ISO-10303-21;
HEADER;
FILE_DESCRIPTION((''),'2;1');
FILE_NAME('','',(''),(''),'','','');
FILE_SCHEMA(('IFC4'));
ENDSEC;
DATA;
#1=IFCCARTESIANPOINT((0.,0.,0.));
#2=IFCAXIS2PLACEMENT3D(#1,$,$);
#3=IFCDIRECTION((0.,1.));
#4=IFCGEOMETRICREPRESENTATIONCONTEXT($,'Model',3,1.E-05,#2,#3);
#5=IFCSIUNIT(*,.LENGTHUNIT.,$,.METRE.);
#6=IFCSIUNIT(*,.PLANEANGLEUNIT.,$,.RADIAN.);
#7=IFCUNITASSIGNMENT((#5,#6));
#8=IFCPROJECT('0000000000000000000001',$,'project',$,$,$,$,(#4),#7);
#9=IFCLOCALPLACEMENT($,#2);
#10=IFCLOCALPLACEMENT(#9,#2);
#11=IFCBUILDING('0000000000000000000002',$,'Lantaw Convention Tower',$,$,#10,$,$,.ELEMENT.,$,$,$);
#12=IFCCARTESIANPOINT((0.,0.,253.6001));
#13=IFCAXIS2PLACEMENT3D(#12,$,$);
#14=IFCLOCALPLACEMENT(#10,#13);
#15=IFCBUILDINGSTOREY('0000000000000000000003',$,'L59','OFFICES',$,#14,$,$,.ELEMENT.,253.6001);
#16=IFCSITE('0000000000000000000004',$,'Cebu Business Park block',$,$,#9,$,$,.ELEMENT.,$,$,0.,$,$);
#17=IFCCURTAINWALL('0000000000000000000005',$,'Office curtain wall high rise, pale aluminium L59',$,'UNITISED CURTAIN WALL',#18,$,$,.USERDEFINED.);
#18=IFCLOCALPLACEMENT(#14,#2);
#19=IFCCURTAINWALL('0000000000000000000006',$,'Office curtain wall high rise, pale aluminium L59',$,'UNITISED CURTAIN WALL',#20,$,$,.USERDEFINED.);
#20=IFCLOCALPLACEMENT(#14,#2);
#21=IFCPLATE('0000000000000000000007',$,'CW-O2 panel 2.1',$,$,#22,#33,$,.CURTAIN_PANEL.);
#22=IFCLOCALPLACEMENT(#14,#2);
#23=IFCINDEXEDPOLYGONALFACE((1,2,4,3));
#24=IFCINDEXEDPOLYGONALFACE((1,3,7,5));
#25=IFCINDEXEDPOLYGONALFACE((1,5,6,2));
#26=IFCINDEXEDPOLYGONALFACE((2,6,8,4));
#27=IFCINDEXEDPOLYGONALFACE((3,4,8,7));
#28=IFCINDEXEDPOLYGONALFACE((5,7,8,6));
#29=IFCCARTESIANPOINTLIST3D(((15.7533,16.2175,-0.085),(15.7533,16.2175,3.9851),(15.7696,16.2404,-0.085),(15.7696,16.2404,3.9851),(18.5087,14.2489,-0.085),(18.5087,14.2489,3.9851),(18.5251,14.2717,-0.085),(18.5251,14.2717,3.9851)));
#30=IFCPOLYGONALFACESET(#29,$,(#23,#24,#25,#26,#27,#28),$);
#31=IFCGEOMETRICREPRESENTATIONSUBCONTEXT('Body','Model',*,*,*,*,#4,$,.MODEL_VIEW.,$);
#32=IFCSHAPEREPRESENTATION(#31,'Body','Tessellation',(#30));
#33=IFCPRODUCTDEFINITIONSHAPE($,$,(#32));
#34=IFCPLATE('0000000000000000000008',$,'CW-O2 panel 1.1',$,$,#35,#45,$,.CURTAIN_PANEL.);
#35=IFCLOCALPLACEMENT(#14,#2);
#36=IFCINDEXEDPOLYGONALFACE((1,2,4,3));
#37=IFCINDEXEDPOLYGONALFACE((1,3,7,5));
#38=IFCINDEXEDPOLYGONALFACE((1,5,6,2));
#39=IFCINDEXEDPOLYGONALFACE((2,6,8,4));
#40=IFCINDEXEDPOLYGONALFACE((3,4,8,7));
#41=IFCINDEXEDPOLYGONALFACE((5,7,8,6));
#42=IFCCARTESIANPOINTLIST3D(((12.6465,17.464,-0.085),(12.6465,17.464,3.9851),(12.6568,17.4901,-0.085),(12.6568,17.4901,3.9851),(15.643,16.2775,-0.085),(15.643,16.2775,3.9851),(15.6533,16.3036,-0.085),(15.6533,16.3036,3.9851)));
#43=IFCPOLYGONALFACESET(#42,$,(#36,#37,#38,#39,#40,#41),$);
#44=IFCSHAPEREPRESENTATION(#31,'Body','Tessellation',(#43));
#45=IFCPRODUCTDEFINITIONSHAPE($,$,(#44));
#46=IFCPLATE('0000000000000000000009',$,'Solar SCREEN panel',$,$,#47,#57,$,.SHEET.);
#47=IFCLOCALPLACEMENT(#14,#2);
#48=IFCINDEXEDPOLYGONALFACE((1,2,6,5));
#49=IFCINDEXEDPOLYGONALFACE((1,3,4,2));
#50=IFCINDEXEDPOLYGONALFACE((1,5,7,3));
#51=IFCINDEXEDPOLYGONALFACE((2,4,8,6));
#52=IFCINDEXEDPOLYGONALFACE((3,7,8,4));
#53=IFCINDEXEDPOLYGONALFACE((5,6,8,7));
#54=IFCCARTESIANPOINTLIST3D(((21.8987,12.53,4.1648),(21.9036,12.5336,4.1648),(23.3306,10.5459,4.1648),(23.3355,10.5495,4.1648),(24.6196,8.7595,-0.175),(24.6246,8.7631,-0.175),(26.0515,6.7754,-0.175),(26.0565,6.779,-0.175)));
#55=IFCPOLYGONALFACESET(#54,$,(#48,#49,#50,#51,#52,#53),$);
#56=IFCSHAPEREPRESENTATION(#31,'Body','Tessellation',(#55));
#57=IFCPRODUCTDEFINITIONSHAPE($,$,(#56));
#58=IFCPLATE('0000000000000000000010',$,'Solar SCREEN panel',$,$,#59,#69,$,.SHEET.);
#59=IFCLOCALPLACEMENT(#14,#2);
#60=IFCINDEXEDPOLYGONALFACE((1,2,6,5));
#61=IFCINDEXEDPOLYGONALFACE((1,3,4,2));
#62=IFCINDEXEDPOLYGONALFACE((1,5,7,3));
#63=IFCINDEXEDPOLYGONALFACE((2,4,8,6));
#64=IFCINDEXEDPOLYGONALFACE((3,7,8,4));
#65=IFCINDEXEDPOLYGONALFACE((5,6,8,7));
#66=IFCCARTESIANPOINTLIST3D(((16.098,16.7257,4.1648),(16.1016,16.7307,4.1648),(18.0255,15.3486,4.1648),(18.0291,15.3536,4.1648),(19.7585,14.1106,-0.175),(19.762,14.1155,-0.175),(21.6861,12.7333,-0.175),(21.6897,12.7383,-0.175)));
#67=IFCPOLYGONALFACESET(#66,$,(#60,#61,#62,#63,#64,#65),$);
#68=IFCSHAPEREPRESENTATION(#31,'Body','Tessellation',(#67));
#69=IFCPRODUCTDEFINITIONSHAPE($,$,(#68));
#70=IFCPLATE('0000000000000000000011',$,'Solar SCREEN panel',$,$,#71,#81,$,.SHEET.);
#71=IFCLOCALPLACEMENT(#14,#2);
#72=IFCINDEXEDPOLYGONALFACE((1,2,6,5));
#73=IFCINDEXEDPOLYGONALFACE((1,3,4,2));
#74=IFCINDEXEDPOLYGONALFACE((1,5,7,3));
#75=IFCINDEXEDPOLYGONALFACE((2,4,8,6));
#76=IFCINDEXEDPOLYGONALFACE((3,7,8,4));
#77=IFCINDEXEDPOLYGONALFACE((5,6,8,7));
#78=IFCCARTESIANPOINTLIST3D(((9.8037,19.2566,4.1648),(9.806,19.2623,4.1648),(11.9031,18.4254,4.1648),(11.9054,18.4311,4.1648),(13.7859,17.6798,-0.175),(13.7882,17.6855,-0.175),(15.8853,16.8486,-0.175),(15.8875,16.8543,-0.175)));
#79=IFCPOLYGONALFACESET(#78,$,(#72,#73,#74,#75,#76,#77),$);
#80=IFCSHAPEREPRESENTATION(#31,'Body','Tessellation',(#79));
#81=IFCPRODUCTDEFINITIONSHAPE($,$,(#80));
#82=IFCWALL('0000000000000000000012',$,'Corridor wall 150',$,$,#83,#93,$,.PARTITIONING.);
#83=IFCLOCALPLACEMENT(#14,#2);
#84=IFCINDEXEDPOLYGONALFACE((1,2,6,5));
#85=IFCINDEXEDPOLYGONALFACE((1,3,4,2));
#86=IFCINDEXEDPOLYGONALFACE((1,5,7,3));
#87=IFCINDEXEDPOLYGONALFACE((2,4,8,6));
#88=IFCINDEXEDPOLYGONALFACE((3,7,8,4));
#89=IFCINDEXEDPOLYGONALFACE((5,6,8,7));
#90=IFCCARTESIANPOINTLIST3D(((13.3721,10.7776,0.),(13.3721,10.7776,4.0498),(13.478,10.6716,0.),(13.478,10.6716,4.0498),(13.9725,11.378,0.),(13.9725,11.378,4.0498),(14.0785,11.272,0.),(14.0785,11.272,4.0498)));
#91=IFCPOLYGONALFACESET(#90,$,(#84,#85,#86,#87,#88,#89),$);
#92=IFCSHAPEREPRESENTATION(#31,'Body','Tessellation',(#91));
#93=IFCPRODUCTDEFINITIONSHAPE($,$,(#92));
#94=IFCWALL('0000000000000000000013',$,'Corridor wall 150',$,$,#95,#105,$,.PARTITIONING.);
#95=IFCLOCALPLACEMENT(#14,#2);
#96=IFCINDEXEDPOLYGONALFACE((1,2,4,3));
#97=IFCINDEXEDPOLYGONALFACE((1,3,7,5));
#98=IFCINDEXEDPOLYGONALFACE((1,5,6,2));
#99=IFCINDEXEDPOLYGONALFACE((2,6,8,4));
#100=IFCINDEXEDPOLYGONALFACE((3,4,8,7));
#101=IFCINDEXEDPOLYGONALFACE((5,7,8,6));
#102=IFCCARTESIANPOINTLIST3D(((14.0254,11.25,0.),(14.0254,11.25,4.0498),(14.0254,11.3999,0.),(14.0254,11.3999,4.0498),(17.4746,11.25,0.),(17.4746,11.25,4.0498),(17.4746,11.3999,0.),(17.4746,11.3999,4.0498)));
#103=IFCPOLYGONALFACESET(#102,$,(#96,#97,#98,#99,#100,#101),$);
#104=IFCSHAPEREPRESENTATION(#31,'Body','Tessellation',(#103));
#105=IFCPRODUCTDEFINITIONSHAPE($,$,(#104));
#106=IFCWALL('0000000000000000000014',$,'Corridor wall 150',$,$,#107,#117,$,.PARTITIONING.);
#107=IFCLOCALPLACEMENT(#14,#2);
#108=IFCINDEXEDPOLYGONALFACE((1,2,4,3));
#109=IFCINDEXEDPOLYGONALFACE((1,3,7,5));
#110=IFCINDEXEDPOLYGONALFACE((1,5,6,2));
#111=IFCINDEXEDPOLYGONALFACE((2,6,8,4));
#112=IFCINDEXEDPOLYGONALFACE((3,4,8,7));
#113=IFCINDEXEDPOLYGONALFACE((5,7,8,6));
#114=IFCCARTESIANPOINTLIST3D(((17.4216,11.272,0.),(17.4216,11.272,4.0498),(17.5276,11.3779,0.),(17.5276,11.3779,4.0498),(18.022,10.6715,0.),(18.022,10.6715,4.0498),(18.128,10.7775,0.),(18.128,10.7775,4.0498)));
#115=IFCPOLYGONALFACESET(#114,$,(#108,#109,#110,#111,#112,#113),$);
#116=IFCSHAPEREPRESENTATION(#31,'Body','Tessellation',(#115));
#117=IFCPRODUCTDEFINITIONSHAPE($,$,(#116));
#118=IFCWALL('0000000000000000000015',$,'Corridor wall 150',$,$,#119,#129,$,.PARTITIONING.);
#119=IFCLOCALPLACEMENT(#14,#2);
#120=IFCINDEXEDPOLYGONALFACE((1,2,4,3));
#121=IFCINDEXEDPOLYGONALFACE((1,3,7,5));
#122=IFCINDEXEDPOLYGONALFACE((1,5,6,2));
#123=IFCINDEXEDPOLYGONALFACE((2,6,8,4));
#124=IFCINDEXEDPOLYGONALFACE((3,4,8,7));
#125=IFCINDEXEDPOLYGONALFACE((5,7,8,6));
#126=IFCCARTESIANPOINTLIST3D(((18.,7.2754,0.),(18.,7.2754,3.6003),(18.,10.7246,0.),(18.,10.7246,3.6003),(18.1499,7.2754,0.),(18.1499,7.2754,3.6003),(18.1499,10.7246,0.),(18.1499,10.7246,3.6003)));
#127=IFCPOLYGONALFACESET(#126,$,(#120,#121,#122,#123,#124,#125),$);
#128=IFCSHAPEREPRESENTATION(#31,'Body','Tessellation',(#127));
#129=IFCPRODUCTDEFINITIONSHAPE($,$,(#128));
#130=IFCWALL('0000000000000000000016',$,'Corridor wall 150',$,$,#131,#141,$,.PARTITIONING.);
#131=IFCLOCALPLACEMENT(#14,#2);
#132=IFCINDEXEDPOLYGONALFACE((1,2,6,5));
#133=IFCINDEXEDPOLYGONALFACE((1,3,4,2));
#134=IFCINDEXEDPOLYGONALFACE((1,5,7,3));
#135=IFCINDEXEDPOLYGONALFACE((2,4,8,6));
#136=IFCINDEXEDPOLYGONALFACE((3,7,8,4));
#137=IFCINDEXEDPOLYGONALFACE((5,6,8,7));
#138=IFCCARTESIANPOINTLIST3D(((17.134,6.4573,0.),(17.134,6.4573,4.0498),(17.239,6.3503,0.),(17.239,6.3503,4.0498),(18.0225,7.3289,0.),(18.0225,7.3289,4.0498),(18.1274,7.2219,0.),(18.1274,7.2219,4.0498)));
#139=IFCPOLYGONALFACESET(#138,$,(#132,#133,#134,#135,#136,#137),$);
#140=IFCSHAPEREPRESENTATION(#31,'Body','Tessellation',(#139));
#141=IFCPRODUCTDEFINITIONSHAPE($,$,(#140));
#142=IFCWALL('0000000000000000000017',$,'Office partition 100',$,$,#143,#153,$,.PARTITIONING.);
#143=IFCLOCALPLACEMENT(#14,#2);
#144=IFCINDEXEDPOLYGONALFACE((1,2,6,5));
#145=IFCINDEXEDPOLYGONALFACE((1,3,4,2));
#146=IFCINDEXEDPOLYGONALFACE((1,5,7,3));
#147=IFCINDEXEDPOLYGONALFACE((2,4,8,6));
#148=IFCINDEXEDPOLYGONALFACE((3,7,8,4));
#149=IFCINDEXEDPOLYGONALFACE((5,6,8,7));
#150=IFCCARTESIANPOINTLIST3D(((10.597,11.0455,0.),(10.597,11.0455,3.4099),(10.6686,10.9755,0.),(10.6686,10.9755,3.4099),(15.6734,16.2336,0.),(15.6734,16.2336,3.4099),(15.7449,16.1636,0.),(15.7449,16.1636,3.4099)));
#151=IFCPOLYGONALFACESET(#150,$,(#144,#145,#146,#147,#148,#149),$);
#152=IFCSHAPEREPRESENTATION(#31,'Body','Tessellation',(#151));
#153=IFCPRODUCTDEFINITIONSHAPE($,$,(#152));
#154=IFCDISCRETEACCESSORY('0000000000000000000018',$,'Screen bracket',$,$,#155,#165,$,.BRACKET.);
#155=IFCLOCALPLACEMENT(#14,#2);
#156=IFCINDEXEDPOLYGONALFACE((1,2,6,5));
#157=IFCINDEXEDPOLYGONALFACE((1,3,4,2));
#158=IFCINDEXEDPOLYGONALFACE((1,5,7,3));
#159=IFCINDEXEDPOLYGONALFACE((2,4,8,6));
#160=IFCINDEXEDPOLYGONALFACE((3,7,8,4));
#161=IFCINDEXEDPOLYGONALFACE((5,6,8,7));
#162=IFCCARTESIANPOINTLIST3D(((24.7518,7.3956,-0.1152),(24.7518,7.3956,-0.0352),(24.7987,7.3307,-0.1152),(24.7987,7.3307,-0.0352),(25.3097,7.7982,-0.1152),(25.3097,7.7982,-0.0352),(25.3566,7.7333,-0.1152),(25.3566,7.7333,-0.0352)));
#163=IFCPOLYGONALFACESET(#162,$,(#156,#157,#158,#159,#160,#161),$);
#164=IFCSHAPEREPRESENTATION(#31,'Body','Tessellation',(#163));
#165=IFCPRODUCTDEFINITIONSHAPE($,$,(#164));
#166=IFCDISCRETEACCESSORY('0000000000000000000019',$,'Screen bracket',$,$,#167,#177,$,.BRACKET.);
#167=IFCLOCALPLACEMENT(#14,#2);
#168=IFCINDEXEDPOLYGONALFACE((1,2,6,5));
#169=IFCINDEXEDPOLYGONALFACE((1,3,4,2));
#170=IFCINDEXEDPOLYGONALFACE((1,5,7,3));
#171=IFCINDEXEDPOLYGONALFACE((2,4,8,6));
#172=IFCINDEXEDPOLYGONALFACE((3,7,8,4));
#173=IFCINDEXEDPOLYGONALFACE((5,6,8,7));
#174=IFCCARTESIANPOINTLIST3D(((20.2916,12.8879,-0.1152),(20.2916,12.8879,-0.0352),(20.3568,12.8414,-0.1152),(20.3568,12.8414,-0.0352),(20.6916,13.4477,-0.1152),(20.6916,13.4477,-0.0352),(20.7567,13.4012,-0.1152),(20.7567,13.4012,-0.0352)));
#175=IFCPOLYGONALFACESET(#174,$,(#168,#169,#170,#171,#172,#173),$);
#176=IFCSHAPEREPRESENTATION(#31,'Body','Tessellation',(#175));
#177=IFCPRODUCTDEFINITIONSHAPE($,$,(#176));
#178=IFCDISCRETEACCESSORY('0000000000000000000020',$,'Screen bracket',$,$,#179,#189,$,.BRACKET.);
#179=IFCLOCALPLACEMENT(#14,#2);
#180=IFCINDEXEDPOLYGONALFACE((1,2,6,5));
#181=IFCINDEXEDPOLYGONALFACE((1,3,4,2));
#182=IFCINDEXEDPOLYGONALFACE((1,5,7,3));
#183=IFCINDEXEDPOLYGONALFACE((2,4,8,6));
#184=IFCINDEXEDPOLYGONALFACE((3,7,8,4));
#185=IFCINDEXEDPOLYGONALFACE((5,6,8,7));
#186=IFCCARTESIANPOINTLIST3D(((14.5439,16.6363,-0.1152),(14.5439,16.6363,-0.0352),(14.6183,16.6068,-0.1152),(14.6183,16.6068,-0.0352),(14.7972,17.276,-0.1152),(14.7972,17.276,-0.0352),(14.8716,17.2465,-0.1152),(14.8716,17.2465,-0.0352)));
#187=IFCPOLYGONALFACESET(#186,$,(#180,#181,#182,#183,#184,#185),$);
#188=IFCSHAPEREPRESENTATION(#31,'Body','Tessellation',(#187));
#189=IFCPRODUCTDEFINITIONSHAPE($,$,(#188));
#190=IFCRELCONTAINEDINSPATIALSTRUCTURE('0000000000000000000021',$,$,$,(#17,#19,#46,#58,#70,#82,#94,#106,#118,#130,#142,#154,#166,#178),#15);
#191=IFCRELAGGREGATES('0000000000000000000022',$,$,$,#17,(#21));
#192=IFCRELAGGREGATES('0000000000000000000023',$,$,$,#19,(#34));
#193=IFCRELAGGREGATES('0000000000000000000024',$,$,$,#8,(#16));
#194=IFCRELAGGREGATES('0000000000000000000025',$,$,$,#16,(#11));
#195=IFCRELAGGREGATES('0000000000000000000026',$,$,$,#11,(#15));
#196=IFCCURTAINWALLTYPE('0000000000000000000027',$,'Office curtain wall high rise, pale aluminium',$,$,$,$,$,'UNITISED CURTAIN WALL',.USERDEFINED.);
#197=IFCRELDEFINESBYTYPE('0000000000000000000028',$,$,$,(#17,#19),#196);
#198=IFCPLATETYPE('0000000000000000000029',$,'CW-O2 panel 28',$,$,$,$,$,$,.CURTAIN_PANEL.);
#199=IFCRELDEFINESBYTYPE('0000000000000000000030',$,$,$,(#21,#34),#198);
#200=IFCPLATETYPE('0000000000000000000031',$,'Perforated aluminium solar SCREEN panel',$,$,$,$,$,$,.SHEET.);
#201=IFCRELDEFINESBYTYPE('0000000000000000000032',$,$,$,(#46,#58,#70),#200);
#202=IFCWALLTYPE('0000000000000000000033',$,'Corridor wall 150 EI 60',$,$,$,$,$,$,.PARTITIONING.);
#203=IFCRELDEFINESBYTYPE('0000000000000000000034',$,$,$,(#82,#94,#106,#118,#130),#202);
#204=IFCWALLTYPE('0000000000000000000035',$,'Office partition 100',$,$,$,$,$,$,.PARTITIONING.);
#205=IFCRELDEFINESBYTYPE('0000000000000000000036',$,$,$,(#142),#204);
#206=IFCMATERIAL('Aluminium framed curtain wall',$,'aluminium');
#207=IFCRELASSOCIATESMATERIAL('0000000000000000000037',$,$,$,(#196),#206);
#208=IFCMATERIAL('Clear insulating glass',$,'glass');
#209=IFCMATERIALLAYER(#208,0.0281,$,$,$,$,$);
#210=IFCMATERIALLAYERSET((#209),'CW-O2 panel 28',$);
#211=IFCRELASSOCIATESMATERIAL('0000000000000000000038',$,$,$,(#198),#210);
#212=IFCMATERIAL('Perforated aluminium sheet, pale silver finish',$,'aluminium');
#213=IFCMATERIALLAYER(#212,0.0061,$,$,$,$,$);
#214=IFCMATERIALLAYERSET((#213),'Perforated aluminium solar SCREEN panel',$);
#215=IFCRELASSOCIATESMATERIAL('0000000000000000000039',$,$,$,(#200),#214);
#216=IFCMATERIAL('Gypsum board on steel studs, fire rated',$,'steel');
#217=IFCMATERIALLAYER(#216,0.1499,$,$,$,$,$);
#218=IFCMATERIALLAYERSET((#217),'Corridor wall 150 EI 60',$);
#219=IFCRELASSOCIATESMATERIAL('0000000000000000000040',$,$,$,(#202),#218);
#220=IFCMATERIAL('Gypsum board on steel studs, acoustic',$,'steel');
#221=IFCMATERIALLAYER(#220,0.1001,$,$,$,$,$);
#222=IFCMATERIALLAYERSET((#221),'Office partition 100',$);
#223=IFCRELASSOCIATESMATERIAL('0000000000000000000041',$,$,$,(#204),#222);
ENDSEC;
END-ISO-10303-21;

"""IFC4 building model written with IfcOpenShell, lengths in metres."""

from ifc_helpers import new_model, si_unit, direction, frame, frame_2d, origin, origin_2d, place, context, subcontext, project, spatial, polyline, rectangle, outline, extrude, material, layer, layer_set, type_object, element, aggregate, save


model = new_model("IFC4")

# Units and contexts
model_context = context("Model", 3, precision=1e-05, world=origin(), true_north=direction((0.0, 1.0)))
body_context = subcontext(model_context, "Body", "Model", "MODEL_VIEW")
ifc_project = project(units=[si_unit("LENGTHUNIT", "METRE"), si_unit("PLANEANGLEUNIT", "RADIAN")], contexts=[model_context])

# Site, building, storey
site_placement = place(None, origin())
site = spatial("IfcSite", under=ifc_project, at=site_placement, Name="Cebu Business Park block", CompositionType="ELEMENT", RefElevation=0.0)
building_placement = place(site_placement, origin())
building = spatial("IfcBuilding", under=site, at=building_placement, Name="Lantaw Convention Tower", CompositionType="ELEMENT")
storey_placement = place(building_placement, frame((0.0, 0.0, 253.6001)))
storey = spatial("IfcBuildingStorey", under=building, at=storey_placement, Name="L59", Description="OFFICES", CompositionType="ELEMENT", Elevation=253.6001)

# Curtain wall
ifc_material_1 = material(Name="Aluminium framed curtain wall", Category="aluminium")
curtain_wall_type = type_object("IfcCurtainWallType", Name="Office curtain wall high rise, pale aluminium", ElementType="UNITISED CURTAIN WALL", PredefinedType="USERDEFINED", material=ifc_material_1)
curtain_wall_1_placement = place(storey_placement, origin())
curtain_wall_1 = element("IfcCurtainWall", 1, at=curtain_wall_1_placement, inside=storey, type_object=curtain_wall_type, Name="Office curtain wall high rise, pale aluminium L59", ObjectType="UNITISED CURTAIN WALL", PredefinedType="USERDEFINED")

# Curtain wall
curtain_wall_2_placement = place(storey_placement, origin())
curtain_wall_2 = element("IfcCurtainWall", 2, at=curtain_wall_2_placement, inside=storey, type_object=curtain_wall_type, Name="Office curtain wall high rise, pale aluminium L59", ObjectType="UNITISED CURTAIN WALL", PredefinedType="USERDEFINED")

# Plates
ifc_material_2 = material(Name="Clear insulating glass", Category="glass")
ifc_layer_1 = layer(ifc_material_2, 0.0281)
ifc_layer_set_1 = layer_set([ifc_layer_1], Name="CW-O2 panel 28")
plate_type_1 = type_object("IfcPlateType", Name="CW-O2 panel 28", PredefinedType="CURTAIN_PANEL", material=ifc_layer_set_1)
plate_1_placement = place(storey_placement, frame((17.1392, 15.2446, -0.085), z_axis=(0.0, 0.0, 1.0), x_axis=(-0.813673, 0.581323, 0.0)))
plate_1 = element("IfcPlate", 3, at=plate_1_placement, type_object=plate_type_1, Name="CW-O2 panel 2.1", PredefinedType="CURTAIN_PANEL", context=body_context, shape_type="SweptSolid", body=[
    extrude(rectangle(XDim=3.3865, YDim=0.0281, at=origin_2d()), origin(), (0.0, 0.0, 1.0), 4.0701),
])
aggregate(curtain_wall_1, [plate_1])
plate_2_placement = place(storey_placement, frame((14.1499, 16.8838, -0.085), z_axis=(0.0, 0.0, 1.0), x_axis=(-0.929762, 0.368162, 0.0)))
plate_2 = element("IfcPlate", 4, at=plate_2_placement, type_object=plate_type_1, Name="CW-O2 panel 1.1", PredefinedType="CURTAIN_PANEL", context=body_context, shape_type="SweptSolid", body=[
    extrude(rectangle(XDim=3.2229, YDim=0.0281, at=origin_2d()), origin(), (0.0, 0.0, 1.0), 4.0701),
])
aggregate(curtain_wall_2, [plate_2])

# Plates
ifc_material_3 = material(Name="Perforated aluminium sheet, pale silver finish", Category="aluminium")
ifc_layer_2 = layer(ifc_material_3, 0.0061)
ifc_layer_set_2 = layer_set([ifc_layer_2], Name="Perforated aluminium solar SCREEN panel")
plate_type_2 = type_object("IfcPlateType", Name="Perforated aluminium solar SCREEN panel", PredefinedType="SHEET", material=ifc_layer_set_2)
plate_3_placement = place(storey_placement, frame((26.0515, 6.7754, -0.175), z_axis=(-0.810892, -0.585195, 0.00002), x_axis=(-0.585195, 0.810892, 0.0)))
element("IfcPlate", 5, at=plate_3_placement, inside=storey, type_object=plate_type_2, Name="Solar SCREEN panel", PredefinedType="SHEET", context=body_context, shape_type="SweptSolid", body=[
    extrude(outline(polyline([(0.0, 0.0), (2.4468, 0.0), (7.0966, -4.3398), (4.6498, -4.3398), (0.0, 0.0)])), origin(), (0.0, 0.0, -1.0), 0.0061),
])
plate_4_placement = place(storey_placement, frame((21.6897, 12.7383, -0.175), z_axis=(0.581331, 0.813667, 0.00001), x_axis=(-0.813667, 0.581331, 0.0)))
element("IfcPlate", 6, at=plate_4_placement, inside=storey, type_object=plate_type_2, Name="Solar SCREEN panel", PredefinedType="SHEET", context=body_context, shape_type="SweptSolid", body=[
    extrude(outline(polyline([(0.0, 0.0), (2.3691, 0.0), (6.8678, 4.3398), (4.4989, 4.3398), (0.0, 0.0)])), origin(), (0.0, 0.0, -1.0), 0.0061),
])
plate_5_placement = place(storey_placement, frame((15.8853, 16.8486, -0.175), z_axis=(-0.368117, -0.92978, 0.000036), x_axis=(-0.92978, 0.368117, 0.0)))
element("IfcPlate", 7, at=plate_5_placement, inside=storey, type_object=plate_type_2, Name="Solar SCREEN panel", PredefinedType="SHEET", context=body_context, shape_type="SweptSolid", body=[
    extrude(outline(polyline([(0.0, 0.0), (2.2579, 0.0), (6.5409, -4.3398), (4.2829, -4.3398), (0.0, 0.0)])), origin(), (0.0, 0.0, -1.0), 0.0061),
])

# Walls
ifc_material_4 = material(Name="Gypsum board on steel studs, fire rated", Category="steel")
ifc_layer_3 = layer(ifc_material_4, 0.1499)
ifc_layer_set_3 = layer_set([ifc_layer_3], Name="Corridor wall 150 EI 60")
wall_type_1 = type_object("IfcWallType", Name="Corridor wall 150 EI 60", PredefinedType="PARTITIONING", material=ifc_layer_set_3)
wall_1_placement = place(storey_placement, frame((13.425, 10.7246, 0.0), z_axis=(0.0, 0.0, 1.0), x_axis=(0.707107, 0.707107, 0.0)))
element("IfcWall", 8, at=wall_1_placement, inside=storey, type_object=wall_type_1, Name="Corridor wall 150", PredefinedType="PARTITIONING", context=body_context, shape_type="SweptSolid", body=[
    extrude(rectangle(XDim=0.8491, YDim=0.1499, at=frame_2d((0.4246, 0.0))), origin(), (0.0, 0.0, 1.0), 4.0498),
])
wall_2_placement = place(storey_placement, frame((14.0254, 11.325, 0.0), z_axis=(0.0, 0.0, 1.0), x_axis=(1.0, 0.0, 0.0)))
element("IfcWall", 9, at=wall_2_placement, inside=storey, type_object=wall_type_1, Name="Corridor wall 150", PredefinedType="PARTITIONING", context=body_context, shape_type="SweptSolid", body=[
    extrude(rectangle(XDim=3.4492, YDim=0.1499, at=frame_2d((1.7246, 0.0))), origin(), (0.0, 0.0, 1.0), 4.0498),
])
wall_3_placement = place(storey_placement, frame((17.4746, 11.325, 0.0), z_axis=(0.0, 0.0, 1.0), x_axis=(0.707107, -0.707107, 0.0)))
element("IfcWall", 10, at=wall_3_placement, inside=storey, type_object=wall_type_1, Name="Corridor wall 150", PredefinedType="PARTITIONING", context=body_context, shape_type="SweptSolid", body=[
    extrude(rectangle(XDim=0.8491, YDim=0.1499, at=frame_2d((0.4246, 0.0))), origin(), (0.0, 0.0, 1.0), 4.0498),
])
wall_4_placement = place(storey_placement, frame((18.075, 10.7246, 0.0), z_axis=(0.0, 0.0, 1.0), x_axis=(0.0, -1.0, 0.0)))
element("IfcWall", 11, at=wall_4_placement, inside=storey, type_object=wall_type_1, Name="Corridor wall 150", PredefinedType="PARTITIONING", context=body_context, shape_type="SweptSolid", body=[
    extrude(rectangle(XDim=3.4492, YDim=0.1499, at=frame_2d((1.7246, 0.0))), origin(), (0.0, 0.0, 1.0), 3.6003),
])
wall_5_placement = place(storey_placement, frame((18.075, 7.2754, 0.0), z_axis=(0.0, 0.0, 1.0), x_axis=(-0.713842, -0.700307, 0.0)))
element("IfcWall", 12, at=wall_5_placement, inside=storey, type_object=wall_type_1, Name="Corridor wall 150", PredefinedType="PARTITIONING", context=body_context, shape_type="SweptSolid", body=[
    extrude(rectangle(XDim=1.2446, YDim=0.1499, at=frame_2d((0.6223, 0.0))), origin(), (0.0, 0.0, 1.0), 4.0498),
])
ifc_material_5 = material(Name="Gypsum board on steel studs, acoustic", Category="steel")
ifc_layer_4 = layer(ifc_material_5, 0.1001)
ifc_layer_set_4 = layer_set([ifc_layer_4], Name="Office partition 100")
wall_type_2 = type_object("IfcWallType", Name="Office partition 100", PredefinedType="PARTITIONING", material=ifc_layer_set_4)
wall_6_placement = place(storey_placement, frame((15.7092, 16.1987, 0.0), z_axis=(0.0, 0.0, 1.0), x_axis=(-0.699363, -0.714767, 0.0)))
element("IfcWall", 13, at=wall_6_placement, inside=storey, type_object=wall_type_2, Name="Office partition 100", PredefinedType="PARTITIONING", context=body_context, shape_type="SweptSolid", body=[
    extrude(rectangle(XDim=7.2585, YDim=0.1001, at=frame_2d((3.6294, 0.0))), origin(), (0.0, 0.0, 1.0), 3.4099),
])

# Discrete accessories
for number, where, z_axis, x_axis, name in (
    (14, (25.0542, 7.5645, -0.1152), (0.0, 0.0, 1.0), (-0.585158, 0.81092, 0.0), "Screen bracket"),
    (15, (20.5242, 13.1445, -0.1152), (0.0, 0.0, 1.0), (-0.813673, 0.581323, 0.0), "Screen bracket"),
    (16, (14.7078, 16.9414, -0.1152), (0.0, 0.0, 1.0), (-0.929762, 0.368162, 0.0), "Screen bracket"),
):
    element("IfcDiscreteAccessory", number, at=place(storey_placement, frame(where, z_axis=z_axis, x_axis=x_axis)), inside=storey, Name=name, PredefinedType="BRACKET", context=body_context, shape_type="SweptSolid", body=[
        extrude(rectangle(XDim=0.0801, YDim=0.688, at=origin_2d()), origin(), (0.0, 0.0, 1.0), 0.0801),
    ])

save(model, "model.ifc")
